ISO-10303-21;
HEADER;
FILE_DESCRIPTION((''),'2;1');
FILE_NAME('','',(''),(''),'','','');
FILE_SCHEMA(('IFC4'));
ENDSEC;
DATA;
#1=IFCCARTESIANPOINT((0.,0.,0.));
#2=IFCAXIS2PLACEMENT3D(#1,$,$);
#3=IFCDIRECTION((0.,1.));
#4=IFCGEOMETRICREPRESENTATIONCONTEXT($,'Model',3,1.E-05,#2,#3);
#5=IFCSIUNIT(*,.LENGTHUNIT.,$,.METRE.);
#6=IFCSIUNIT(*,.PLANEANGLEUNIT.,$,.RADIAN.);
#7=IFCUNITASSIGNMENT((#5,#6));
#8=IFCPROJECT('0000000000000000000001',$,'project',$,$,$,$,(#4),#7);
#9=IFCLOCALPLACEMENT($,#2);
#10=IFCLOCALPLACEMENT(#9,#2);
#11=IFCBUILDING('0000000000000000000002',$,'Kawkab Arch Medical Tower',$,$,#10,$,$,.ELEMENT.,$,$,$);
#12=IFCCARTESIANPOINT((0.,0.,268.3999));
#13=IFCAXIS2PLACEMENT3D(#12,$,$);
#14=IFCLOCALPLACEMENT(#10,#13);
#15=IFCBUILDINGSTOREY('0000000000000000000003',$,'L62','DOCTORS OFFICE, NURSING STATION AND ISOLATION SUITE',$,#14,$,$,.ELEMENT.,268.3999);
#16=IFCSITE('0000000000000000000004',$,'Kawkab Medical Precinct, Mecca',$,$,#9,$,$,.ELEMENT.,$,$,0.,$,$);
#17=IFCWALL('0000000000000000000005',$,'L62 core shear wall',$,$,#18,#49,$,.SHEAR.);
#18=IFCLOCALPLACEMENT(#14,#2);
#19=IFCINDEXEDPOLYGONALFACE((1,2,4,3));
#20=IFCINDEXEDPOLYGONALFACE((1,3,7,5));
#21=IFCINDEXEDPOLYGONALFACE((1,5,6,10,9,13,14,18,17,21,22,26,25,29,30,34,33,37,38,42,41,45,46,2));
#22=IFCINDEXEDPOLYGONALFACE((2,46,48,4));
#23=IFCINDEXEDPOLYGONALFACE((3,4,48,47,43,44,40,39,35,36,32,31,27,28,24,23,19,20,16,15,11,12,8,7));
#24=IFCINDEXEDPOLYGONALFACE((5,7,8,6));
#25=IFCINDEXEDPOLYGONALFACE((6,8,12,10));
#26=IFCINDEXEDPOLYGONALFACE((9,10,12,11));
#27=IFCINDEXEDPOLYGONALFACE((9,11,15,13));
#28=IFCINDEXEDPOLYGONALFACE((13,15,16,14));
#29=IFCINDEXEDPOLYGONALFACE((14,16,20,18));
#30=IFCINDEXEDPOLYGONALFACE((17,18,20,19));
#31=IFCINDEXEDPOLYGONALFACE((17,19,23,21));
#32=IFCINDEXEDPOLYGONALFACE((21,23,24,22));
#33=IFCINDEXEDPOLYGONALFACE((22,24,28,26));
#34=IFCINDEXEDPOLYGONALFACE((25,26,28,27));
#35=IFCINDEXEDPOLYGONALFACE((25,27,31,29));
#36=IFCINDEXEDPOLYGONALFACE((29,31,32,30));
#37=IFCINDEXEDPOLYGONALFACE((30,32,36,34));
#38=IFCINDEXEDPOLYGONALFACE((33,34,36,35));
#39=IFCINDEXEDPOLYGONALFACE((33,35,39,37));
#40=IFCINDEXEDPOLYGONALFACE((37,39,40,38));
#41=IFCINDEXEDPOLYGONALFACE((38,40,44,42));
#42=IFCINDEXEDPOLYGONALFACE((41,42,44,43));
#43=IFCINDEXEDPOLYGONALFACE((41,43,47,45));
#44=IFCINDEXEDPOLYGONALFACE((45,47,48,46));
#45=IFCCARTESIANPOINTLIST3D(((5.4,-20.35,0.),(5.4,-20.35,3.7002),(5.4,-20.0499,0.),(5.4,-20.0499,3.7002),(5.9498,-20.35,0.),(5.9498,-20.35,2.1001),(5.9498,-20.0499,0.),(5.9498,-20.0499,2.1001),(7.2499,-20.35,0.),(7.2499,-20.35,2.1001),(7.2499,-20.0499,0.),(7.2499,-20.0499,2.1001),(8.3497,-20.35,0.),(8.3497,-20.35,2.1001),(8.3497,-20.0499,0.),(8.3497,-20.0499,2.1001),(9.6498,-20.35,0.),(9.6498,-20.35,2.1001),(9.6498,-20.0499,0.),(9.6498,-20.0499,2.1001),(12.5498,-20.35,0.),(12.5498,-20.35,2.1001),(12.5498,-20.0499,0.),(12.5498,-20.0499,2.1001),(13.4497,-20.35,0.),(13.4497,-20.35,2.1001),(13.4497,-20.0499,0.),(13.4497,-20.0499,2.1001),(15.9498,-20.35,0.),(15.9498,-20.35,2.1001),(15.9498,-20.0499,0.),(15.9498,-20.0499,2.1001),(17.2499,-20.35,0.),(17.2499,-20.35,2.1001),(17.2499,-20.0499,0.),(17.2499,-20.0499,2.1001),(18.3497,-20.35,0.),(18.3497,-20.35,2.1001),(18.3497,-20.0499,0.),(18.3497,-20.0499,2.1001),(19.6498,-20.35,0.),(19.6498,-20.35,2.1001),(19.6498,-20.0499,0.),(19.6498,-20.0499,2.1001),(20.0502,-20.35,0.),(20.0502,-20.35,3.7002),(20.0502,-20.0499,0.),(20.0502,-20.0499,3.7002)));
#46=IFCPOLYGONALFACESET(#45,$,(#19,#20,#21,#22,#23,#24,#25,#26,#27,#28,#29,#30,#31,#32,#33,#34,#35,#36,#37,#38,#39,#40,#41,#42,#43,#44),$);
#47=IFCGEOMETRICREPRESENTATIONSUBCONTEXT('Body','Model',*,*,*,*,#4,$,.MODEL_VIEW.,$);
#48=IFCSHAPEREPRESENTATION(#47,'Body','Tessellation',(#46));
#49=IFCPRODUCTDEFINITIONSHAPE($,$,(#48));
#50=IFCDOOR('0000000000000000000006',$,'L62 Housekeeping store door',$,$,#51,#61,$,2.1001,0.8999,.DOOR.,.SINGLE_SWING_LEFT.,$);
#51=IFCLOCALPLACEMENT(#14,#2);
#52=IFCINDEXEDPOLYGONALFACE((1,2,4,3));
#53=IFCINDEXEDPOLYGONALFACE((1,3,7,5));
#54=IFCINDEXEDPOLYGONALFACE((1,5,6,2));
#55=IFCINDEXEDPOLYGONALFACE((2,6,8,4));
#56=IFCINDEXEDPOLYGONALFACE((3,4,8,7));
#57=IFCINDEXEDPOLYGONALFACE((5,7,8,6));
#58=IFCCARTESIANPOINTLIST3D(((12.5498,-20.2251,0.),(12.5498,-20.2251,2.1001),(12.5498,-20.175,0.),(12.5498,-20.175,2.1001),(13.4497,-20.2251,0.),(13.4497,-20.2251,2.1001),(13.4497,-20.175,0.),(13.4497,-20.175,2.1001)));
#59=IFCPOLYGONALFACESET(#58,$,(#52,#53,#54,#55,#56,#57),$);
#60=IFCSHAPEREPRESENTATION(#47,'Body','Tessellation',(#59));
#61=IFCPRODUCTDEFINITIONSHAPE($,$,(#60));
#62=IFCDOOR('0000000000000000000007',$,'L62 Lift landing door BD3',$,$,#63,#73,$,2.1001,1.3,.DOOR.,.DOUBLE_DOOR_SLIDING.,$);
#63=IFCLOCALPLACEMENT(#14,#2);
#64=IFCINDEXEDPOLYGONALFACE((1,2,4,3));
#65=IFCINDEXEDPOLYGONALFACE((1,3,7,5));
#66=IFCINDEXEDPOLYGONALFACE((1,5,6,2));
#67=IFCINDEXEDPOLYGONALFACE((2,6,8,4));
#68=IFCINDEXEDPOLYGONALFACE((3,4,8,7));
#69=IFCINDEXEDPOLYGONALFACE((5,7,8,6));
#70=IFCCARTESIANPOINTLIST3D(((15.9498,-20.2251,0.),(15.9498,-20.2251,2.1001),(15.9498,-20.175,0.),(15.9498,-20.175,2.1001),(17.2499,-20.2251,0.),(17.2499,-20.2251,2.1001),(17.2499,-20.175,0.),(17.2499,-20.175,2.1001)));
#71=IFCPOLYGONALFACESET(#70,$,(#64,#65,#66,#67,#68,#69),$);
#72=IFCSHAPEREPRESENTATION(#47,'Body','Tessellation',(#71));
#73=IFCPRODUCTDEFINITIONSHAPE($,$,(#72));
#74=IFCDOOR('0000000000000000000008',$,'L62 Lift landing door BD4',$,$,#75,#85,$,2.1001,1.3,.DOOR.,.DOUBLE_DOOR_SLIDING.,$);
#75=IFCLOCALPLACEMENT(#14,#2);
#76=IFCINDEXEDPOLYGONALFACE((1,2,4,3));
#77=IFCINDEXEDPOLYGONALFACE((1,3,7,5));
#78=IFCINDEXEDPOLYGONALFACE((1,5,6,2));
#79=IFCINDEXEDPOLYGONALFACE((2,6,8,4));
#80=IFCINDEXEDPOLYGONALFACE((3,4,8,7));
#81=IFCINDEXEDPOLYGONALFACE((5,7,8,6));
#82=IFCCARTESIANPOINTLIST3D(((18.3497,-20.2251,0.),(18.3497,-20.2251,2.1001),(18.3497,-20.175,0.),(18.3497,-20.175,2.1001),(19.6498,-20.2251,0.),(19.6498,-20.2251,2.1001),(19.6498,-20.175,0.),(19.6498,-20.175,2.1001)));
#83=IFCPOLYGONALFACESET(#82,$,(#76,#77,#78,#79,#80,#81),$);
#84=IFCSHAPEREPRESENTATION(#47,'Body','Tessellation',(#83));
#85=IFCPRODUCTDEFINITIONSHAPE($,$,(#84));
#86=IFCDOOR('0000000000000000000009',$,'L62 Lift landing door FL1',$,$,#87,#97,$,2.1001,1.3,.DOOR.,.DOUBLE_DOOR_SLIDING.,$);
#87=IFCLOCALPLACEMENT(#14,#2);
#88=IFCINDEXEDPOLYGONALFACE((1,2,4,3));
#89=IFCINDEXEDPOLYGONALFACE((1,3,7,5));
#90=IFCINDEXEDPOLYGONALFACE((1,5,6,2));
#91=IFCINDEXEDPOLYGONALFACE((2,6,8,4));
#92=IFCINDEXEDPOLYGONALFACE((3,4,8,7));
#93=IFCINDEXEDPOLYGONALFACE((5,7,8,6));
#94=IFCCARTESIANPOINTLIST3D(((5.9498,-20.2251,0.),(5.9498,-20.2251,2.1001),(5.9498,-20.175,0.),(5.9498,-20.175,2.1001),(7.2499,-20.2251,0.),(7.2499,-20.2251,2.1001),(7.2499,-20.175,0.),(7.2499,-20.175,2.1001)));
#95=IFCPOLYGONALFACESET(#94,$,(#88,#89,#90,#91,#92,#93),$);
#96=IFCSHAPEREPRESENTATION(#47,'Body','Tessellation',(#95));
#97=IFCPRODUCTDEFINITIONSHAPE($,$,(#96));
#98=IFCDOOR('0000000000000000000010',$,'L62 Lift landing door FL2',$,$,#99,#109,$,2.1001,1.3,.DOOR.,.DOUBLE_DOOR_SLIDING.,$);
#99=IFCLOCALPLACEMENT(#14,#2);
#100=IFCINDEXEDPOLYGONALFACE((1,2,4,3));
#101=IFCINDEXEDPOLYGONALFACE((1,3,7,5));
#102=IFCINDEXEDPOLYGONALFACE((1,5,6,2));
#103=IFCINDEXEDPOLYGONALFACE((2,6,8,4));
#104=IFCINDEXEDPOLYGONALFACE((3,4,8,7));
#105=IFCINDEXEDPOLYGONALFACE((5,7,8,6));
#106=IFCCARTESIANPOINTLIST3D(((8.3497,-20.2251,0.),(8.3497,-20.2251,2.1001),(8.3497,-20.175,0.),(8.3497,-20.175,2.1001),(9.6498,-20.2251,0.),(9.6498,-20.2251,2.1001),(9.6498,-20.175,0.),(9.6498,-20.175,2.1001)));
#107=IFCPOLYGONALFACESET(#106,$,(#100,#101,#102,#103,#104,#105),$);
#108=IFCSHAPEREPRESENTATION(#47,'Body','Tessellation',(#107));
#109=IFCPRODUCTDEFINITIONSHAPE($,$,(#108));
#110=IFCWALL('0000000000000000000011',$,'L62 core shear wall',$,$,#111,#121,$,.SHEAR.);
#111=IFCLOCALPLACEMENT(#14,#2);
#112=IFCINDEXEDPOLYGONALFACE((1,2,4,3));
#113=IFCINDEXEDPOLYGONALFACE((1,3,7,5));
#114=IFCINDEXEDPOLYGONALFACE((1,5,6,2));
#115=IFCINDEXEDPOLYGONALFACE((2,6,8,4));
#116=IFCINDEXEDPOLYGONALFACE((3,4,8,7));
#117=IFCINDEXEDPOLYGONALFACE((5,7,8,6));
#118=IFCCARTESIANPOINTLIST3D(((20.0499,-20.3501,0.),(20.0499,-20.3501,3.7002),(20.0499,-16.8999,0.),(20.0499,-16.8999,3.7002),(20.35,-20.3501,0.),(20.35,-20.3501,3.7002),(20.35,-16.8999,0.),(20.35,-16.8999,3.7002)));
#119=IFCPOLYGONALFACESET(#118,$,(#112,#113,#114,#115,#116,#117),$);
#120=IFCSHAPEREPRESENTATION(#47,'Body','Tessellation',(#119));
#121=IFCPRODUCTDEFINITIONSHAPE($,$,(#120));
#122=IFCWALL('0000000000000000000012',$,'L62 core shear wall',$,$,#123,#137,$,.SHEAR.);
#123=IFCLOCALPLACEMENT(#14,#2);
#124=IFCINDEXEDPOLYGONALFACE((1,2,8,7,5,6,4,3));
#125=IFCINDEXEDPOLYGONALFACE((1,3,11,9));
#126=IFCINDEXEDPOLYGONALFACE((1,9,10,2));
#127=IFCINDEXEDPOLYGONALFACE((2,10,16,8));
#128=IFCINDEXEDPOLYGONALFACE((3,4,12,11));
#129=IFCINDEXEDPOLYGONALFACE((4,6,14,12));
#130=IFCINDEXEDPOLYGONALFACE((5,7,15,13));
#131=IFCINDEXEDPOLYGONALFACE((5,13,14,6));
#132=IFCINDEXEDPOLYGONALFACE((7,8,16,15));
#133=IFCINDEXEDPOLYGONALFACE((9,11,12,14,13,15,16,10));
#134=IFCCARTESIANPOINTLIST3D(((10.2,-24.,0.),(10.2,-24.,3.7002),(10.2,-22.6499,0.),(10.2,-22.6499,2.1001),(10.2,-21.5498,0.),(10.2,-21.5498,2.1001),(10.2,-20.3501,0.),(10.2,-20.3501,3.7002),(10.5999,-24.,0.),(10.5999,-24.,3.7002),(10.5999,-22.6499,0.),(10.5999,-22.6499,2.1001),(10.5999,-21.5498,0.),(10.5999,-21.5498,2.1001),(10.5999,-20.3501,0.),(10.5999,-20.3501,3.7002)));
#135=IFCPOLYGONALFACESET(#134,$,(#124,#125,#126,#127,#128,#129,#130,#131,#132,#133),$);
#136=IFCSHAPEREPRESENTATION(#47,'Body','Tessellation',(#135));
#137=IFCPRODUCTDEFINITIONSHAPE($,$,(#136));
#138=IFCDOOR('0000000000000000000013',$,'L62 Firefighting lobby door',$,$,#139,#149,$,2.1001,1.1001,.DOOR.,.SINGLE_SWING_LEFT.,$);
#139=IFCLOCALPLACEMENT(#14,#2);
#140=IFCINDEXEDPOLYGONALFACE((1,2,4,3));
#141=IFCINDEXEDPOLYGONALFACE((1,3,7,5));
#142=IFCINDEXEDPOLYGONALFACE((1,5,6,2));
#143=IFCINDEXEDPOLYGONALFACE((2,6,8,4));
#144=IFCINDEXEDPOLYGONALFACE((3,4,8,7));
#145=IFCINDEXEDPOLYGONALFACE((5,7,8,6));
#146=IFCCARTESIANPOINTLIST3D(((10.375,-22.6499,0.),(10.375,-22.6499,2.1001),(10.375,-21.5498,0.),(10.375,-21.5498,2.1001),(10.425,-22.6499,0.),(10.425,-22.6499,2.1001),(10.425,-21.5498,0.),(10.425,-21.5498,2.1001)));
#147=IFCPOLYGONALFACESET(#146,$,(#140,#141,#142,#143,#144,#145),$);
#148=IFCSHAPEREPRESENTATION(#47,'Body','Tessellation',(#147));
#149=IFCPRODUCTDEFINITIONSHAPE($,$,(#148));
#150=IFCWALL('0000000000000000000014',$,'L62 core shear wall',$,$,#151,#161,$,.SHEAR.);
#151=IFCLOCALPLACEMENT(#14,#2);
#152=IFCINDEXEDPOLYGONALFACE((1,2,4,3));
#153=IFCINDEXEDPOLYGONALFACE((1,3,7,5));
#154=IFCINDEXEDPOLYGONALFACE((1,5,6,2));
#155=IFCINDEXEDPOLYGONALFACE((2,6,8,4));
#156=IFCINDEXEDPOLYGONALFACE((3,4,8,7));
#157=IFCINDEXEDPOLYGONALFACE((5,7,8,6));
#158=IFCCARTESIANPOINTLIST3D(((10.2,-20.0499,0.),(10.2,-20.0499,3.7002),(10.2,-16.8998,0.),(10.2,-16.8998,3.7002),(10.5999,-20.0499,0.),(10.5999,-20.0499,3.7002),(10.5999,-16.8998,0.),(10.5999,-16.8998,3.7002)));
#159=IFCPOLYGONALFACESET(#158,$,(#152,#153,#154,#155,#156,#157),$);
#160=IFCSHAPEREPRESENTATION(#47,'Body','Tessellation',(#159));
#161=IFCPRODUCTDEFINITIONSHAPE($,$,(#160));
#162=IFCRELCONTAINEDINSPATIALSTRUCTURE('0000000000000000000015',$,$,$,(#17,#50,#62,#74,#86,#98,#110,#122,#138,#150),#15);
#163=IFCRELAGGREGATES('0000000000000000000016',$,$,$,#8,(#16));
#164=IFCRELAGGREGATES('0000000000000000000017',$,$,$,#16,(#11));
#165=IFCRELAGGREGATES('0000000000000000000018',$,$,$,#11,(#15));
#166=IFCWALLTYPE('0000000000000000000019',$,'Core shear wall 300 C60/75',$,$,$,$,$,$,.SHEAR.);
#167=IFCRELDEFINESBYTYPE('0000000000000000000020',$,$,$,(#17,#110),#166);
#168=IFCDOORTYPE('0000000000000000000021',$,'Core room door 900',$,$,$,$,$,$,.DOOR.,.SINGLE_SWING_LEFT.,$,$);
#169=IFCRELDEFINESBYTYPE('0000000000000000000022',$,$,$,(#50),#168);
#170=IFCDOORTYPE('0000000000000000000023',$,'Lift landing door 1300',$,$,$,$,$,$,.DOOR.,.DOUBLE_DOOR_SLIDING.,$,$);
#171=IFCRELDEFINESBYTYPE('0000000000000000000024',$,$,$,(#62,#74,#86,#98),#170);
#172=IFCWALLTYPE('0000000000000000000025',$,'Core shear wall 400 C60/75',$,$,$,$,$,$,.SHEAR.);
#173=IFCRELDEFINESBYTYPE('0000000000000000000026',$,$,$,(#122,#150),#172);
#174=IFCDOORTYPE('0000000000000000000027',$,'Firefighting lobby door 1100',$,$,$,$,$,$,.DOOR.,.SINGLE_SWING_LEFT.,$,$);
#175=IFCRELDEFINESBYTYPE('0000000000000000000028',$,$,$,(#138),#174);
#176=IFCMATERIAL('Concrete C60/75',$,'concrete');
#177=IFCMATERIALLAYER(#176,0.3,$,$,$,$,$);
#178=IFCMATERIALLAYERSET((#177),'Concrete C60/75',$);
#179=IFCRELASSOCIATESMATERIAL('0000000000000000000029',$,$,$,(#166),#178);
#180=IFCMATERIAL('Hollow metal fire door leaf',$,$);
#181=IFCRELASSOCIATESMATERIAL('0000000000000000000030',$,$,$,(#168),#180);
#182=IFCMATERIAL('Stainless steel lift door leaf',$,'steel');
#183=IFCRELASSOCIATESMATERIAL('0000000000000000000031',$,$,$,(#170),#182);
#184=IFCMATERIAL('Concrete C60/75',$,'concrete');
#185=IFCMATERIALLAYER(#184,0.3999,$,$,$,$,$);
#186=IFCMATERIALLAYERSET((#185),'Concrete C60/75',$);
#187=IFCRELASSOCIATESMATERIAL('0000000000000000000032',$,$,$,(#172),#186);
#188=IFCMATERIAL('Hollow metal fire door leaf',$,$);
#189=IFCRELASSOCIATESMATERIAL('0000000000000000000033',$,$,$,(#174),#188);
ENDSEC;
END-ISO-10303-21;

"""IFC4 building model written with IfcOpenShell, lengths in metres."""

from ifc_helpers import new_model, si_unit, direction, frame, frame_2d, origin, place, context, subcontext, project, spatial, rectangle, extrude, material, layer, layer_set, type_object, element, fill, save


model = new_model("IFC4")

# Units and contexts
model_context = context("Model", 3, precision=1e-05, world=origin(), true_north=direction((0.0, 1.0)))
body_context = subcontext(model_context, "Body", "Model", "MODEL_VIEW")
ifc_project = project(units=[si_unit("LENGTHUNIT", "METRE"), si_unit("PLANEANGLEUNIT", "RADIAN")], contexts=[model_context])

# Site, building, storey
site_placement = place(None, origin())
site = spatial("IfcSite", under=ifc_project, at=site_placement, Name="Kawkab Medical Precinct, Mecca", CompositionType="ELEMENT", RefElevation=0.0)
building_placement = place(site_placement, origin())
building = spatial("IfcBuilding", under=site, at=building_placement, Name="Kawkab Arch Medical Tower", CompositionType="ELEMENT")
storey_placement = place(building_placement, frame((0.0, 0.0, 268.3999)))
storey = spatial("IfcBuildingStorey", under=building, at=storey_placement, Name="L62", Description="DOCTORS OFFICE, NURSING STATION AND ISOLATION SUITE", CompositionType="ELEMENT", Elevation=268.3999)

# Wall, openings, doors
ifc_material_1 = material(Name="Concrete C60/75", Category="concrete")
ifc_layer_1 = layer(ifc_material_1, 0.3)
ifc_layer_set_1 = layer_set([ifc_layer_1], Name="Concrete C60/75")
wall_type_1 = type_object("IfcWallType", Name="Core shear wall 300 C60/75", PredefinedType="SHEAR", material=ifc_layer_set_1)
wall_1_placement = place(storey_placement, frame((5.3999, -20.2, 0.0), z_axis=(0.0, 0.0, 1.0), x_axis=(1.0, 0.0, 0.0)))
wall_1 = element("IfcWall", 1, at=wall_1_placement, inside=storey, type_object=wall_type_1, Name="L62 core shear wall", PredefinedType="SHEAR", context=body_context, shape_type="SweptSolid", body=[
    extrude(rectangle(XDim=14.6501, YDim=0.3, at=frame_2d((7.3252, 0.0))), origin(), (0.0, 0.0, 1.0), 3.7002),
])
opening_1_placement = place(wall_1_placement, frame((10.55, 0.0, 0.0)))
opening_1 = element("IfcOpeningElement", 2, at=opening_1_placement, cuts=wall_1, PredefinedType="OPENING", context=body_context, shape_type="SweptSolid", body=[
    extrude(rectangle(XDim=1.3, YDim=2.1001, at=frame_2d((0.6499, 1.05))), frame((0.0, 0.1599, 0.0), z_axis=(0.0, -1.0, 0.0), x_axis=(1.0, 0.0, 0.0)), (0.0, 0.0, 1.0), 0.3201),
])
opening_2_placement = place(wall_1_placement, frame((12.95, 0.0, 0.0)))
opening_2 = element("IfcOpeningElement", 3, at=opening_2_placement, cuts=wall_1, PredefinedType="OPENING", context=body_context, shape_type="SweptSolid", body=[
    extrude(rectangle(XDim=1.3, YDim=2.1001, at=frame_2d((0.6499, 1.05))), frame((0.0, 0.1599, 0.0), z_axis=(0.0, -1.0, 0.0), x_axis=(1.0, 0.0, 0.0)), (0.0, 0.0, 1.0), 0.3201),
])
opening_3_placement = place(wall_1_placement, frame((0.55, 0.0, 0.0)))
opening_3 = element("IfcOpeningElement", 4, at=opening_3_placement, cuts=wall_1, PredefinedType="OPENING", context=body_context, shape_type="SweptSolid", body=[
    extrude(rectangle(XDim=1.3, YDim=2.1001, at=frame_2d((0.6499, 1.05))), frame((0.0, 0.1599, 0.0), z_axis=(0.0, -1.0, 0.0), x_axis=(1.0, 0.0, 0.0)), (0.0, 0.0, 1.0), 0.3201),
])
opening_4_placement = place(wall_1_placement, frame((2.95, 0.0, 0.0)))
opening_4 = element("IfcOpeningElement", 5, at=opening_4_placement, cuts=wall_1, PredefinedType="OPENING", context=body_context, shape_type="SweptSolid", body=[
    extrude(rectangle(XDim=1.3, YDim=2.1001, at=frame_2d((0.6499, 1.05))), frame((0.0, 0.1599, 0.0), z_axis=(0.0, -1.0, 0.0), x_axis=(1.0, 0.0, 0.0)), (0.0, 0.0, 1.0), 0.3201),
])
opening_5_placement = place(wall_1_placement, frame((7.1499, 0.0, 0.0)))
opening_5 = element("IfcOpeningElement", 6, at=opening_5_placement, cuts=wall_1, PredefinedType="OPENING", context=body_context, shape_type="SweptSolid", body=[
    extrude(rectangle(XDim=0.8999, YDim=2.1001, at=frame_2d((0.45, 1.05))), frame((0.0, 0.1599, 0.0), z_axis=(0.0, -1.0, 0.0), x_axis=(1.0, 0.0, 0.0)), (0.0, 0.0, 1.0), 0.3201),
])
ifc_material_2 = material(Name="Hollow metal fire door leaf")
door_type_1 = type_object("IfcDoorType", Name="Core room door 900", OperationType="SINGLE_SWING_LEFT", PredefinedType="DOOR", material=ifc_material_2)
door_1_placement = place(opening_5_placement, origin())
door_1 = element("IfcDoor", 7, at=door_1_placement, inside=storey, type_object=door_type_1, Name="L62 Housekeeping store door", OperationType="SINGLE_SWING_LEFT", OverallHeight=2.1001, OverallWidth=0.8999, PredefinedType="DOOR", context=body_context, shape_type="SweptSolid", body=[
    extrude(rectangle(XDim=0.8999, YDim=2.1001, at=frame_2d((0.45, 1.05))), frame((0.0, 0.0249, 0.0), z_axis=(0.0, -1.0, 0.0), x_axis=(1.0, 0.0, 0.0)), (0.0, 0.0, 1.0), 0.05),
])
fill(opening_5, door_1)
ifc_material_3 = material(Name="Stainless steel lift door leaf", Category="steel")
door_type_2 = type_object("IfcDoorType", Name="Lift landing door 1300", OperationType="DOUBLE_DOOR_SLIDING", PredefinedType="DOOR", material=ifc_material_3)
door_2_placement = place(opening_1_placement, origin())
door_2 = element("IfcDoor", 8, at=door_2_placement, inside=storey, type_object=door_type_2, Name="L62 Lift landing door BD3", OperationType="DOUBLE_DOOR_SLIDING", OverallHeight=2.1001, OverallWidth=1.3, PredefinedType="DOOR", context=body_context, shape_type="SweptSolid", body=[
    extrude(rectangle(XDim=1.3, YDim=2.1001, at=frame_2d((0.6499, 1.05))), frame((0.0, 0.0249, 0.0), z_axis=(0.0, -1.0, 0.0), x_axis=(1.0, 0.0, 0.0)), (0.0, 0.0, 1.0), 0.05),
])
fill(opening_1, door_2)
door_3_placement = place(opening_2_placement, origin())
door_3 = element("IfcDoor", 9, at=door_3_placement, inside=storey, type_object=door_type_2, Name="L62 Lift landing door BD4", OperationType="DOUBLE_DOOR_SLIDING", OverallHeight=2.1001, OverallWidth=1.3, PredefinedType="DOOR", context=body_context, shape_type="SweptSolid", body=[
    extrude(rectangle(XDim=1.3, YDim=2.1001, at=frame_2d((0.6499, 1.05))), frame((0.0, 0.0249, 0.0), z_axis=(0.0, -1.0, 0.0), x_axis=(1.0, 0.0, 0.0)), (0.0, 0.0, 1.0), 0.05),
])
fill(opening_2, door_3)
door_4_placement = place(opening_3_placement, origin())
door_4 = element("IfcDoor", 10, at=door_4_placement, inside=storey, type_object=door_type_2, Name="L62 Lift landing door FL1", OperationType="DOUBLE_DOOR_SLIDING", OverallHeight=2.1001, OverallWidth=1.3, PredefinedType="DOOR", context=body_context, shape_type="SweptSolid", body=[
    extrude(rectangle(XDim=1.3, YDim=2.1001, at=frame_2d((0.6499, 1.05))), frame((0.0, 0.0249, 0.0), z_axis=(0.0, -1.0, 0.0), x_axis=(1.0, 0.0, 0.0)), (0.0, 0.0, 1.0), 0.05),
])
fill(opening_3, door_4)
door_5_placement = place(opening_4_placement, origin())
door_5 = element("IfcDoor", 11, at=door_5_placement, inside=storey, type_object=door_type_2, Name="L62 Lift landing door FL2", OperationType="DOUBLE_DOOR_SLIDING", OverallHeight=2.1001, OverallWidth=1.3, PredefinedType="DOOR", context=body_context, shape_type="SweptSolid", body=[
    extrude(rectangle(XDim=1.3, YDim=2.1001, at=frame_2d((0.6499, 1.05))), frame((0.0, 0.0249, 0.0), z_axis=(0.0, -1.0, 0.0), x_axis=(1.0, 0.0, 0.0)), (0.0, 0.0, 1.0), 0.05),
])
fill(opening_4, door_5)

# Wall
wall_2_placement = place(storey_placement, frame((20.2, -20.3501, 0.0), z_axis=(0.0, 0.0, 1.0), x_axis=(0.0, 1.0, 0.0)))
element("IfcWall", 12, at=wall_2_placement, inside=storey, type_object=wall_type_1, Name="L62 core shear wall", PredefinedType="SHEAR", context=body_context, shape_type="SweptSolid", body=[
    extrude(rectangle(XDim=3.4502, YDim=0.3, at=frame_2d((1.7251, 0.0))), origin(), (0.0, 0.0, 1.0), 3.7002),
])

# Wall, opening, door
ifc_material_4 = material(Name="Concrete C60/75", Category="concrete")
ifc_layer_2 = layer(ifc_material_4, 0.3999)
ifc_layer_set_2 = layer_set([ifc_layer_2], Name="Concrete C60/75")
wall_type_2 = type_object("IfcWallType", Name="Core shear wall 400 C60/75", PredefinedType="SHEAR", material=ifc_layer_set_2)
wall_3_placement = place(storey_placement, frame((10.3999, -24.0, 0.0), z_axis=(0.0, 0.0, 1.0), x_axis=(0.0, 1.0, 0.0)))
wall_3 = element("IfcWall", 13, at=wall_3_placement, inside=storey, type_object=wall_type_2, Name="L62 core shear wall", PredefinedType="SHEAR", context=body_context, shape_type="SweptSolid", body=[
    extrude(rectangle(XDim=3.6499, YDim=0.3999, at=frame_2d((1.825, 0.0))), origin(), (0.0, 0.0, 1.0), 3.7002),
])
opening_6_placement = place(wall_3_placement, frame((1.3501, 0.0, 0.0)))
opening_6 = element("IfcOpeningElement", 14, at=opening_6_placement, cuts=wall_3, PredefinedType="OPENING", context=body_context, shape_type="SweptSolid", body=[
    extrude(rectangle(XDim=1.1001, YDim=2.1001, at=frame_2d((0.55, 1.05))), frame((0.0, 0.21, 0.0), z_axis=(0.0, -1.0, 0.0), x_axis=(1.0, 0.0, 0.0)), (0.0, 0.0, 1.0), 0.4199),
])
ifc_material_5 = material(Name="Hollow metal fire door leaf")
door_type_3 = type_object("IfcDoorType", Name="Firefighting lobby door 1100", OperationType="SINGLE_SWING_LEFT", PredefinedType="DOOR", material=ifc_material_5)
door_6_placement = place(opening_6_placement, origin())
door_6 = element("IfcDoor", 15, at=door_6_placement, inside=storey, type_object=door_type_3, Name="L62 Firefighting lobby door", OperationType="SINGLE_SWING_LEFT", OverallHeight=2.1001, OverallWidth=1.1001, PredefinedType="DOOR", context=body_context, shape_type="SweptSolid", body=[
    extrude(rectangle(XDim=1.1001, YDim=2.1001, at=frame_2d((0.55, 1.05))), frame((0.0, 0.0249, 0.0), z_axis=(0.0, -1.0, 0.0), x_axis=(1.0, 0.0, 0.0)), (0.0, 0.0, 1.0), 0.05),
])
fill(opening_6, door_6)

# Wall
wall_4_placement = place(storey_placement, frame((10.3999, -20.05, 0.0), z_axis=(0.0, 0.0, 1.0), x_axis=(0.0, 1.0, 0.0)))
element("IfcWall", 16, at=wall_4_placement, inside=storey, type_object=wall_type_2, Name="L62 core shear wall", PredefinedType="SHEAR", context=body_context, shape_type="SweptSolid", body=[
    extrude(rectangle(XDim=3.1501, YDim=0.3999, at=frame_2d((1.5752, 0.0))), origin(), (0.0, 0.0, 1.0), 3.7002),
])

save(model, "model.ifc")
